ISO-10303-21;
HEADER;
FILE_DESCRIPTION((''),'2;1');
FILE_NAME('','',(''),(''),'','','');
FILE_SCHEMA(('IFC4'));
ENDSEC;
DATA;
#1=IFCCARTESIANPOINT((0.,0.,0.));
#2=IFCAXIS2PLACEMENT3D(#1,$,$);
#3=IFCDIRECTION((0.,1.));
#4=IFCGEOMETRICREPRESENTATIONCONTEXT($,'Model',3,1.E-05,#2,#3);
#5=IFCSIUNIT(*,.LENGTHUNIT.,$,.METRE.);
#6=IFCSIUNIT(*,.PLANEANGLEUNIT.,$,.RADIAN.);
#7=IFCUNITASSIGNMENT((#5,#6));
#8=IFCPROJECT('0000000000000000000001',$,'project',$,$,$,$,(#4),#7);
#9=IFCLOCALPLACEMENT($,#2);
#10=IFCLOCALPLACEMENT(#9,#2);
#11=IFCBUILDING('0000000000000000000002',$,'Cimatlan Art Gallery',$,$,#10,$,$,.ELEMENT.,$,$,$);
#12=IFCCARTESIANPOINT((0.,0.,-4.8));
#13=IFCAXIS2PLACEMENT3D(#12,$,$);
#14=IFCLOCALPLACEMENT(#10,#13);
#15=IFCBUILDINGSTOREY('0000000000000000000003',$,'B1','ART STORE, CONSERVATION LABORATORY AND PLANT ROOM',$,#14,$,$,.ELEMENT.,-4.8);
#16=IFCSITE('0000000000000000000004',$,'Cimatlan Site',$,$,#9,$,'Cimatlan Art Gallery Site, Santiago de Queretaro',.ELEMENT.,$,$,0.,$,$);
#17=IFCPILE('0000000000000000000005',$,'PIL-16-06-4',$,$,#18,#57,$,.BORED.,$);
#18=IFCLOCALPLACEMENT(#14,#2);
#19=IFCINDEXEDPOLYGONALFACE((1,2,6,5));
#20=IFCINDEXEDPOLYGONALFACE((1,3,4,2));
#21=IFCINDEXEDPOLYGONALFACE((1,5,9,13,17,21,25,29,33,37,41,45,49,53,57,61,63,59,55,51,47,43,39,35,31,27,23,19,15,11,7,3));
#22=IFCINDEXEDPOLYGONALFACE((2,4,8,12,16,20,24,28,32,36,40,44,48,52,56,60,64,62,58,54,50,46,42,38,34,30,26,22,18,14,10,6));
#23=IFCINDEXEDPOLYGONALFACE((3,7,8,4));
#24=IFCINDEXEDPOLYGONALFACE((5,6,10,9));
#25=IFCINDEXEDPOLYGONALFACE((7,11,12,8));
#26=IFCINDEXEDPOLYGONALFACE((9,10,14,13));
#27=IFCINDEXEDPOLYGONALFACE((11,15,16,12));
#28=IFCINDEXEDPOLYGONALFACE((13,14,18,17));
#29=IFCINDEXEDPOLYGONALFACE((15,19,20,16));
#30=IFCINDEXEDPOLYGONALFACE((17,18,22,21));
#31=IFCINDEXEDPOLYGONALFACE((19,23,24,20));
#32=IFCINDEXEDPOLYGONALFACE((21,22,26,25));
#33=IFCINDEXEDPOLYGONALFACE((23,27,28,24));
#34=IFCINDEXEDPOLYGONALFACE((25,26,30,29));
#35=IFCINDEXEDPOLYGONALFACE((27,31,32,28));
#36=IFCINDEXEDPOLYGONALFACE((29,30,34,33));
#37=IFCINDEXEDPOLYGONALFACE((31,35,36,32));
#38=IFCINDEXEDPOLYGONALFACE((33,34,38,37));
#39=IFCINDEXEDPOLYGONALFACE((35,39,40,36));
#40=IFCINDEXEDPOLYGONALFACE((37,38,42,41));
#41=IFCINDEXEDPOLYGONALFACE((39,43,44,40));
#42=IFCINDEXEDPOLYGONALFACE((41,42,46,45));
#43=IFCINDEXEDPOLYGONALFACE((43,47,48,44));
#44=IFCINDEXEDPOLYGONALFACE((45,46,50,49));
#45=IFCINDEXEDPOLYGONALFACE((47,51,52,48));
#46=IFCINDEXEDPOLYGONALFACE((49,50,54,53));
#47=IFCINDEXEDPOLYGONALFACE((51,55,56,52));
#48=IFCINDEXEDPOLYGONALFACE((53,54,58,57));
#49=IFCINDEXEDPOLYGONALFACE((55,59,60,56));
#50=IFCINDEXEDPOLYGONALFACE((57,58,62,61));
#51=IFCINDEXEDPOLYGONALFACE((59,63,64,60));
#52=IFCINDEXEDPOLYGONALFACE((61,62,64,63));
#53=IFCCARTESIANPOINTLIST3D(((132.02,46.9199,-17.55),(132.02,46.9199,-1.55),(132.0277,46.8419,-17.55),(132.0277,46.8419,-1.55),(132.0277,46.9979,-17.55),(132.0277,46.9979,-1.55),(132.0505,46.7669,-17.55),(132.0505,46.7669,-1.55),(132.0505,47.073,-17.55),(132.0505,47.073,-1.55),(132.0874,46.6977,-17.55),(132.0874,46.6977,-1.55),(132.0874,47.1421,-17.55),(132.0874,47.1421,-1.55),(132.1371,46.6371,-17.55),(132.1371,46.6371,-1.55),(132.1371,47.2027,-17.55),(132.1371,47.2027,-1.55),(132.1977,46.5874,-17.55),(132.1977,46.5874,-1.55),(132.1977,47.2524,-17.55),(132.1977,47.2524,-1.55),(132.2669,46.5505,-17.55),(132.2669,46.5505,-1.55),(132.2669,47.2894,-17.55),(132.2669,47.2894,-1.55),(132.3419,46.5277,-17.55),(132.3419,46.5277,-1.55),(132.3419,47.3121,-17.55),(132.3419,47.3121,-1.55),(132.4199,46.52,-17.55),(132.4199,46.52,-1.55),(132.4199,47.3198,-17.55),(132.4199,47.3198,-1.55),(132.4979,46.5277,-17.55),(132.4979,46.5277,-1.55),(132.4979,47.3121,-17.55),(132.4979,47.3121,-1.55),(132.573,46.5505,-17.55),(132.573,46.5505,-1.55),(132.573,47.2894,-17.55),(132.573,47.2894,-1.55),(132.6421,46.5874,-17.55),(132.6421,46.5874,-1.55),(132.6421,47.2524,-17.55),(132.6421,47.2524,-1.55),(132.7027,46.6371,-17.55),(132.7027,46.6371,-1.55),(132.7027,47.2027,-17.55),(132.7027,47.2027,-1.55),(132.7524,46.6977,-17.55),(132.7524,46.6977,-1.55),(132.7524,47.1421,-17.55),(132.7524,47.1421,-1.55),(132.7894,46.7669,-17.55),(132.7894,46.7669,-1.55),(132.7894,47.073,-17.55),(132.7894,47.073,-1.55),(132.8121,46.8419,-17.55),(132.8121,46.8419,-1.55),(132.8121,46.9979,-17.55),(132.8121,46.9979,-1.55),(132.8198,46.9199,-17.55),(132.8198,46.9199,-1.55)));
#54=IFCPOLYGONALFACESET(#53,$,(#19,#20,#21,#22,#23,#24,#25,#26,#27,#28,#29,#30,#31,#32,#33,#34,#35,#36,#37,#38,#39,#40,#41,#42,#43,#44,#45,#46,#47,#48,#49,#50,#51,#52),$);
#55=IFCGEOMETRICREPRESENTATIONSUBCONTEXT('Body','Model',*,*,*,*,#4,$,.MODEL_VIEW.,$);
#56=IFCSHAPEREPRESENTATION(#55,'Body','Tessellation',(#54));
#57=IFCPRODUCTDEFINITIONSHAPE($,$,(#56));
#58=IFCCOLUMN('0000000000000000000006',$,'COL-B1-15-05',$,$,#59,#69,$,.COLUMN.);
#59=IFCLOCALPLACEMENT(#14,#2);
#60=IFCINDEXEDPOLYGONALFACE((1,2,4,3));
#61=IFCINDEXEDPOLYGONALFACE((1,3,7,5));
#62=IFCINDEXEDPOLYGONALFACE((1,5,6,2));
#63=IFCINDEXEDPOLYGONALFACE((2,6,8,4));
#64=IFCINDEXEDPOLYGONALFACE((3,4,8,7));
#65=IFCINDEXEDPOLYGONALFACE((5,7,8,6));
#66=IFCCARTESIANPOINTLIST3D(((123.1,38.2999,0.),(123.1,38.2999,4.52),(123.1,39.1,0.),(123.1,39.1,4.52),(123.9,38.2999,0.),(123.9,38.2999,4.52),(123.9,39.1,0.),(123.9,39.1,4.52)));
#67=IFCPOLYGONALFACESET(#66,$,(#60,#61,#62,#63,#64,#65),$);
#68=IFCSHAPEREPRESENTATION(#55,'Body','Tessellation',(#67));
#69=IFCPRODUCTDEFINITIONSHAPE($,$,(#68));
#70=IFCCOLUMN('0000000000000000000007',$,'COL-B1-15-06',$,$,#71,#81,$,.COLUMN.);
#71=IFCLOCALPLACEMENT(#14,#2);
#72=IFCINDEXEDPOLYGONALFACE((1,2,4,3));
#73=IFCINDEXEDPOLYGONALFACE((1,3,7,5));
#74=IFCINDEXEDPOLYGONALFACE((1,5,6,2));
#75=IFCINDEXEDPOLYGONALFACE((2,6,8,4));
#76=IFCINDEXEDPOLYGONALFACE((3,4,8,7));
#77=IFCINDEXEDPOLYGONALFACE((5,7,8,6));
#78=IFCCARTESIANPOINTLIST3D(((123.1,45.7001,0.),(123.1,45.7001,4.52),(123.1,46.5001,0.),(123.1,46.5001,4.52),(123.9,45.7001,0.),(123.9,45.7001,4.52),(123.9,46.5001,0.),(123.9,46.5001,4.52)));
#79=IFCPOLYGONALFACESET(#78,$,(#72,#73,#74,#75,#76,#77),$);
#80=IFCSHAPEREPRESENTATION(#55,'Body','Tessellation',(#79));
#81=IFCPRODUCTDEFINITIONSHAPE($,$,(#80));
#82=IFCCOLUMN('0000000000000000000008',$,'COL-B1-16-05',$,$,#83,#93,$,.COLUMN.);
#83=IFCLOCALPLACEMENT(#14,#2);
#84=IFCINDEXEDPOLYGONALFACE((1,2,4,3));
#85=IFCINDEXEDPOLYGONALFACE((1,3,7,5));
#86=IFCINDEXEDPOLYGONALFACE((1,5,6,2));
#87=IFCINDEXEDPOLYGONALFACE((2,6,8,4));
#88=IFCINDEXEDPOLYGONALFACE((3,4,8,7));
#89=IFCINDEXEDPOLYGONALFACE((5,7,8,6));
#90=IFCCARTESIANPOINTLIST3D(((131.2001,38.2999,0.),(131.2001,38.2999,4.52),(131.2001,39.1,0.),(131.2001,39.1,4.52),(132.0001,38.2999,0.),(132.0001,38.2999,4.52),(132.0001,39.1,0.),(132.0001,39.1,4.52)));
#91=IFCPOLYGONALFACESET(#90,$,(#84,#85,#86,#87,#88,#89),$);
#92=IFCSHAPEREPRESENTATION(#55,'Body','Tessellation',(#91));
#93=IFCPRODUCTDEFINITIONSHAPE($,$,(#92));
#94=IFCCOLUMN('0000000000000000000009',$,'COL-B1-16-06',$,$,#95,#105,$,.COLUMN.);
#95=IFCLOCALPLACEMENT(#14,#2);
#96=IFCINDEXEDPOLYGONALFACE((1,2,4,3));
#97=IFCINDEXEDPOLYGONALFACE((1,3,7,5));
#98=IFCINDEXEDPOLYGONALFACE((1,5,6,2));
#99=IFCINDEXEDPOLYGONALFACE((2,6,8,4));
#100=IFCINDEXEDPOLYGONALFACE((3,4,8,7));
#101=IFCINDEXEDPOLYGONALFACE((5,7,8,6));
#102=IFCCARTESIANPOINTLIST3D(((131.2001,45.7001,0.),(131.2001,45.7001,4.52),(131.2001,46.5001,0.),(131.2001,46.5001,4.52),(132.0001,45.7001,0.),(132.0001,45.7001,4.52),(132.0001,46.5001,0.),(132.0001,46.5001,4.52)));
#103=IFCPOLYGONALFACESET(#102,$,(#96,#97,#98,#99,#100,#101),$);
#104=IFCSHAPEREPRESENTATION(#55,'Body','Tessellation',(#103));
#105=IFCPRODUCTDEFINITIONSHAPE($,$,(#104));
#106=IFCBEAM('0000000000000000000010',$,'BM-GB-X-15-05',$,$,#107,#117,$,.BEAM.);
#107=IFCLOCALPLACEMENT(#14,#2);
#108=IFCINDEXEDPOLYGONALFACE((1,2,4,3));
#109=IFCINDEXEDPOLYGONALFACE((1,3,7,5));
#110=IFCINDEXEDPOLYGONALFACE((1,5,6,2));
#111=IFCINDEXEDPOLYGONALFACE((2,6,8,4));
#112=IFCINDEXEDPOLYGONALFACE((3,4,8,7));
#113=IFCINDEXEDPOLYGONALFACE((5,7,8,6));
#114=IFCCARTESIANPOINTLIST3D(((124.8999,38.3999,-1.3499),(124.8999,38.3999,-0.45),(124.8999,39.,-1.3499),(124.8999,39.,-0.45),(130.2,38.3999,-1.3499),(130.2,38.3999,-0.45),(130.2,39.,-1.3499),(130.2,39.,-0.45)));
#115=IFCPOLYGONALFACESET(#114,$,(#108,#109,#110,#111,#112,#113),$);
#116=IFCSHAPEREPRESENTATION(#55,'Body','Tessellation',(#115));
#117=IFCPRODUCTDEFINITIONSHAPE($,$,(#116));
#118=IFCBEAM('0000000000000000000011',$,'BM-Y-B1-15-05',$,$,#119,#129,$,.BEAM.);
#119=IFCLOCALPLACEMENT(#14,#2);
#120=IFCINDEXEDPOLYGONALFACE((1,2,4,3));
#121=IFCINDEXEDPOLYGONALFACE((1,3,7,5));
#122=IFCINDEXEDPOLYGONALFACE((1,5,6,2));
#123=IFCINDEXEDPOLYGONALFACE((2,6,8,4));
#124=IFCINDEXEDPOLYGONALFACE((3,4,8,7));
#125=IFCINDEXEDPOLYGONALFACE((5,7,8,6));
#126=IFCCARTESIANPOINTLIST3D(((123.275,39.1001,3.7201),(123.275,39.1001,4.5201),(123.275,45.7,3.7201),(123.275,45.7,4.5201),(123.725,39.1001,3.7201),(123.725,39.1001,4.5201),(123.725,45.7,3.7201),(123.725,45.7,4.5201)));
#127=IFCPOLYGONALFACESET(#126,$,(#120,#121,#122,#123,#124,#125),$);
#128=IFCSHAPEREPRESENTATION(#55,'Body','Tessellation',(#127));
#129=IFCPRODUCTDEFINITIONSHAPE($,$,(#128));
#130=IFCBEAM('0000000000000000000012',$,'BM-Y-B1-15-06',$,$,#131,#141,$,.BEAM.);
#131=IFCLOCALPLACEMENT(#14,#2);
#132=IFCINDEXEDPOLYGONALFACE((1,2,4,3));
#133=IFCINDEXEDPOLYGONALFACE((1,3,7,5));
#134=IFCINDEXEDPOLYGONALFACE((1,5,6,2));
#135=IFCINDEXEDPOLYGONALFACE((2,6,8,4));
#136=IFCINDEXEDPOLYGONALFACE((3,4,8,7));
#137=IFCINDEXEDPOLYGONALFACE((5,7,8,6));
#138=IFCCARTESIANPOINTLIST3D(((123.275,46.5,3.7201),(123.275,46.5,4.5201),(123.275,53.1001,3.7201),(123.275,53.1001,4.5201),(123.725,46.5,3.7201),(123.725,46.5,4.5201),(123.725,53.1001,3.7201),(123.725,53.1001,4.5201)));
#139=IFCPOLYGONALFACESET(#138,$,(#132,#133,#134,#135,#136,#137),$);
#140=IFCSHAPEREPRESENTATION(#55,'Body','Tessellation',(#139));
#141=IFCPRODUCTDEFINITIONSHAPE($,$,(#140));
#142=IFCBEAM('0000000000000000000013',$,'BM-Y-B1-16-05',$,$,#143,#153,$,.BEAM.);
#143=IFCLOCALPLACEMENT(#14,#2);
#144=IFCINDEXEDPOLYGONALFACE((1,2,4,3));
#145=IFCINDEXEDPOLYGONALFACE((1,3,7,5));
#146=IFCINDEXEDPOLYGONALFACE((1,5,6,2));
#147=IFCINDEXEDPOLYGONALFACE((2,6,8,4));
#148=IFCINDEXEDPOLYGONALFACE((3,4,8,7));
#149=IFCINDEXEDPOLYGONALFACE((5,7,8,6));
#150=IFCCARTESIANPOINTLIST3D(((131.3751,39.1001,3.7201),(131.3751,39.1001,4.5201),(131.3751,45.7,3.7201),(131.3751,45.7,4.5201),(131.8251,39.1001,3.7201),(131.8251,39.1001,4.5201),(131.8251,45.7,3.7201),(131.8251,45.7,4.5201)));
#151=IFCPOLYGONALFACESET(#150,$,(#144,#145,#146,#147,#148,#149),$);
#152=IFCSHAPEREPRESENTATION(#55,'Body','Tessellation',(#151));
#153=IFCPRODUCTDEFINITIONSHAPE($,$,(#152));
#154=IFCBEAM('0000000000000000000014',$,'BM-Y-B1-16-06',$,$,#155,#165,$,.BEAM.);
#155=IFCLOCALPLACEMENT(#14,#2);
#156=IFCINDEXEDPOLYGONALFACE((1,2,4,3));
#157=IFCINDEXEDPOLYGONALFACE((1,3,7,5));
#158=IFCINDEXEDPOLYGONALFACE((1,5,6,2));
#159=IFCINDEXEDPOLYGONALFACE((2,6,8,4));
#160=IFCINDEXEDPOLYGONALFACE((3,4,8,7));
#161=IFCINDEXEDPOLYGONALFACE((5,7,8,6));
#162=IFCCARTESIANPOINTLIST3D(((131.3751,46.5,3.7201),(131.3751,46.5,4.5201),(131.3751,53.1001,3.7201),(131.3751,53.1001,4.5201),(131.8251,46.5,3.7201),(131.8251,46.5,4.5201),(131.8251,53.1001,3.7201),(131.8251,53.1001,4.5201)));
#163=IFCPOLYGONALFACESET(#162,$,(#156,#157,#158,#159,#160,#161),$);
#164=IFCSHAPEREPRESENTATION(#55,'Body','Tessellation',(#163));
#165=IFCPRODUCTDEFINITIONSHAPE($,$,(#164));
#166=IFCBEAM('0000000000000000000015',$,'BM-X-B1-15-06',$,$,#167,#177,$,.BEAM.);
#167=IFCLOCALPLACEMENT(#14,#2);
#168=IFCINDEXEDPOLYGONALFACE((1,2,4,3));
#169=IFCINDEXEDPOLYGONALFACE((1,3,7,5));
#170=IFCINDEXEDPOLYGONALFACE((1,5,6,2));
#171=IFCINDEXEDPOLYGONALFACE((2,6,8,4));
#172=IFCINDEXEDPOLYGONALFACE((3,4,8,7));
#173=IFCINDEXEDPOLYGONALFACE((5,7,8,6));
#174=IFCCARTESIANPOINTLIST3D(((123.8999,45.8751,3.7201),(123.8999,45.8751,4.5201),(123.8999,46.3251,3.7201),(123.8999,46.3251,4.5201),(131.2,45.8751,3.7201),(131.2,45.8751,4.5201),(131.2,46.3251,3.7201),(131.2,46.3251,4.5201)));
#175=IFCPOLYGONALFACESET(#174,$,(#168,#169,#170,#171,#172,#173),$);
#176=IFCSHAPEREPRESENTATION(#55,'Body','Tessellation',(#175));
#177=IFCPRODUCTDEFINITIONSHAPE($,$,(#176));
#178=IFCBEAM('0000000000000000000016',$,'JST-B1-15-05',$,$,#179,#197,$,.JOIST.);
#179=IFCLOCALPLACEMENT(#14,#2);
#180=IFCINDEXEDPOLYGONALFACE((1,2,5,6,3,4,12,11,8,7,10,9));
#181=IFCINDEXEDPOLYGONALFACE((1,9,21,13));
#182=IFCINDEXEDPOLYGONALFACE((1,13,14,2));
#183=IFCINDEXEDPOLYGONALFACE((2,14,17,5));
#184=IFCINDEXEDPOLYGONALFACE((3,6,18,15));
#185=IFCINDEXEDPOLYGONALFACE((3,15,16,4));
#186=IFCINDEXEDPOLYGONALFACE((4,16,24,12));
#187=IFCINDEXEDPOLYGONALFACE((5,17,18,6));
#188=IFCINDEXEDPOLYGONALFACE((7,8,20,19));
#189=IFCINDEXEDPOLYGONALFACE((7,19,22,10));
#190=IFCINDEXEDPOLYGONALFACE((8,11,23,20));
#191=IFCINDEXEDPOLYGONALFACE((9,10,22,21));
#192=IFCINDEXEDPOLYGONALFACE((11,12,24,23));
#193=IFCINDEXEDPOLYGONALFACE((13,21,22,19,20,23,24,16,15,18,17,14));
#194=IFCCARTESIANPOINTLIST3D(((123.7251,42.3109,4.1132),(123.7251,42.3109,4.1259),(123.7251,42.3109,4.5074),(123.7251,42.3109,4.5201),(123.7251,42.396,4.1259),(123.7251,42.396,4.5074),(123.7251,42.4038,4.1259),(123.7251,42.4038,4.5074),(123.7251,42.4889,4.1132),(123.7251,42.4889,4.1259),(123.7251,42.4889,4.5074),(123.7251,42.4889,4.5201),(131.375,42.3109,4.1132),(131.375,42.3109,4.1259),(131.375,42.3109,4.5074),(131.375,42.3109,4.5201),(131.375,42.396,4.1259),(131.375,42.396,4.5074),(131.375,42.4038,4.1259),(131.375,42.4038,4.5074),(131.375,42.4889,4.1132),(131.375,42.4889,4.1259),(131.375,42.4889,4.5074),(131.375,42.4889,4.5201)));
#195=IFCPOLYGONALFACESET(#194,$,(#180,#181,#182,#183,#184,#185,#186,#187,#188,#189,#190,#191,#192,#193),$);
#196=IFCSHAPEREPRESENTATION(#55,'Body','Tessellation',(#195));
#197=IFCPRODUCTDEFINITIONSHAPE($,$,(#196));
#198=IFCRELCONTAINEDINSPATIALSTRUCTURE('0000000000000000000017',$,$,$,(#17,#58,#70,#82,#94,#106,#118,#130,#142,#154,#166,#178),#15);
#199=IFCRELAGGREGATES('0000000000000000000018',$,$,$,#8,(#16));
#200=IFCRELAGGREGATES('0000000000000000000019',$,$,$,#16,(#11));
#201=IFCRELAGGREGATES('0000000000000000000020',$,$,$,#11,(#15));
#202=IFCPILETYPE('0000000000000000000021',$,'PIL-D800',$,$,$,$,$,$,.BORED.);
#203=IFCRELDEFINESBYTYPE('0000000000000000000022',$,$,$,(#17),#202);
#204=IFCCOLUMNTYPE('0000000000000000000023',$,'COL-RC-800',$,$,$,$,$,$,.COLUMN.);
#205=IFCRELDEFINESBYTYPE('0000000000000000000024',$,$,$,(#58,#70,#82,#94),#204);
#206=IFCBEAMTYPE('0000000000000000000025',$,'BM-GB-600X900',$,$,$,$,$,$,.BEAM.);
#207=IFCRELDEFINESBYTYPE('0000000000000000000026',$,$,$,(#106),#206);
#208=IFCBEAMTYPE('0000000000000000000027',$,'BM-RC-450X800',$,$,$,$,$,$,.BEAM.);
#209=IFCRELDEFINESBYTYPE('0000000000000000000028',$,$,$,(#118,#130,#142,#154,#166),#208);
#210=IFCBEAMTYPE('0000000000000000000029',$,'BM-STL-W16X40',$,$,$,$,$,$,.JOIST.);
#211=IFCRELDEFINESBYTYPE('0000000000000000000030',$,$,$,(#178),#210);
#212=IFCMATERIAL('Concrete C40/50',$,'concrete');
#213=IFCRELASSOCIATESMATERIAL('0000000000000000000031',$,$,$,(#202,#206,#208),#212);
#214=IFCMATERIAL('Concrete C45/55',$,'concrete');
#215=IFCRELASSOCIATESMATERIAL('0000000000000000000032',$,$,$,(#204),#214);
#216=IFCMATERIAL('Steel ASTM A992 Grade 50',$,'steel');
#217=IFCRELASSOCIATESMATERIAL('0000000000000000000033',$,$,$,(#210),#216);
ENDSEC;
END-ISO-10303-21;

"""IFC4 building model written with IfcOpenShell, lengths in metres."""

from ifc_helpers import new_model, si_unit, direction, frame, origin, origin_2d, place, context, subcontext, project, spatial, rectangle, circle, i_section, extrude, material, material_profile, profile_set, type_object, element, save


model = new_model("IFC4")

# Units and contexts
model_context = context("Model", 3, precision=1e-05, world=origin(), true_north=direction((0.0, 1.0)))
body_context = subcontext(model_context, "Body", "Model", "MODEL_VIEW")
ifc_project = project(units=[si_unit("LENGTHUNIT", "METRE"), si_unit("PLANEANGLEUNIT", "RADIAN")], contexts=[model_context])

# Site, building, storey
site_placement = place(None, origin())
site = spatial("IfcSite", under=ifc_project, at=site_placement, Name="Cimatlan Site", LongName="Cimatlan Art Gallery Site, Santiago de Queretaro", CompositionType="ELEMENT", RefElevation=0.0)
building_placement = place(site_placement, origin())
building = spatial("IfcBuilding", under=site, at=building_placement, Name="Cimatlan Art Gallery", CompositionType="ELEMENT")
storey_placement = place(building_placement, frame((0.0, 0.0, -4.8)))
storey = spatial("IfcBuildingStorey", under=building, at=storey_placement, Name="B1", Description="ART STORE, CONSERVATION LABORATORY AND PLANT ROOM", CompositionType="ELEMENT", Elevation=-4.8)

# Shared definitions
ifc_material_1 = material(Name="Concrete C40/50", Category="concrete")

# Pile
pile_type = type_object("IfcPileType", Name="PIL-D800", PredefinedType="BORED", material=ifc_material_1)
for number, where, z_axis, x_axis, name in (
    (1, (132.4199, 46.9199, -1.55), (0.0, 0.0, -1.0), (1.0, 0.0, 0.0), "PIL-16-06-4"),
):
    element("IfcPile", number, at=place(storey_placement, frame(where, z_axis=z_axis, x_axis=x_axis)), inside=storey, type_object=pile_type, Name=name, PredefinedType="BORED", context=body_context, shape_type="SweptSolid", body=[
        extrude(circle(Radius=0.3999, at=origin_2d()), origin(), (0.0, 0.0, 1.0), 16.0),
    ])

# Columns
ifc_material_2 = material(Name="Concrete C45/55", Category="concrete")
ifc_material_profile_1 = material_profile(ifc_material_2, rectangle(XDim=0.8, YDim=0.8, at=origin_2d()), Name="RC800X800")
ifc_profile_set_1 = profile_set([ifc_material_profile_1], Name="Concrete C45/55")
column_type = type_object("IfcColumnType", Name="COL-RC-800", PredefinedType="COLUMN", material=ifc_profile_set_1)
for number, where, z_axis, x_axis, name in (
    (2, (123.5, 38.7, 0.0), (0.0, 0.0, 1.0), (1.0, 0.0, 0.0), "COL-B1-15-05"),
    (3, (123.5, 46.1001, 0.0), (0.0, 0.0, 1.0), (1.0, 0.0, 0.0), "COL-B1-15-06"),
    (4, (131.6001, 38.7, 0.0), (0.0, 0.0, 1.0), (1.0, 0.0, 0.0), "COL-B1-16-05"),
    (5, (131.6001, 46.1001, 0.0), (0.0, 0.0, 1.0), (1.0, 0.0, 0.0), "COL-B1-16-06"),
):
    element("IfcColumn", number, at=place(storey_placement, frame(where, z_axis=z_axis, x_axis=x_axis)), inside=storey, type_object=column_type, Name=name, PredefinedType="COLUMN", context=body_context, shape_type="SweptSolid", body=[
        extrude(rectangle(XDim=0.8, YDim=0.8, at=origin_2d()), origin(), (0.0, 0.0, 1.0), 4.52),
    ])

# Beams
ifc_material_profile_2 = material_profile(ifc_material_1, rectangle(XDim=0.6001, YDim=0.8999, at=origin_2d()), Name="RC600X900")
ifc_profile_set_2 = profile_set([ifc_material_profile_2], Name="Concrete C40/50")
beam_type_1 = type_object("IfcBeamType", Name="BM-GB-600X900", PredefinedType="BEAM", material=ifc_profile_set_2)
beam_1_placement = place(storey_placement, frame((124.8999, 38.7, -0.8999), z_axis=(1.0, 0.0, 0.0), x_axis=(0.0, 1.0, 0.0)))
element("IfcBeam", 6, at=beam_1_placement, inside=storey, type_object=beam_type_1, Name="BM-GB-X-15-05", PredefinedType="BEAM", context=body_context, shape_type="SweptSolid", body=[
    extrude(rectangle(XDim=0.6001, YDim=0.8999, at=origin_2d()), origin(), (0.0, 0.0, 1.0), 5.3),
])
ifc_material_profile_3 = material_profile(ifc_material_1, rectangle(XDim=0.45, YDim=0.8, at=origin_2d()), Name="RC450X800")
ifc_profile_set_3 = profile_set([ifc_material_profile_3], Name="Concrete C40/50")
beam_type_2 = type_object("IfcBeamType", Name="BM-RC-450X800", PredefinedType="BEAM", material=ifc_profile_set_3)
beam_2_placement = place(storey_placement, frame((123.5, 39.1001, 4.1201), z_axis=(0.0, 1.0, 0.0), x_axis=(-1.0, 0.0, 0.0)))
element("IfcBeam", 7, at=beam_2_placement, inside=storey, type_object=beam_type_2, Name="BM-Y-B1-15-05", PredefinedType="BEAM", context=body_context, shape_type="SweptSolid", body=[
    extrude(rectangle(XDim=0.45, YDim=0.8, at=origin_2d()), origin(), (0.0, 0.0, 1.0), 6.5999),
])
beam_3_placement = place(storey_placement, frame((123.5, 46.5, 4.1201), z_axis=(0.0, 1.0, 0.0), x_axis=(-1.0, 0.0, 0.0)))
element("IfcBeam", 8, at=beam_3_placement, inside=storey, type_object=beam_type_2, Name="BM-Y-B1-15-06", PredefinedType="BEAM", context=body_context, shape_type="SweptSolid", body=[
    extrude(rectangle(XDim=0.45, YDim=0.8, at=origin_2d()), origin(), (0.0, 0.0, 1.0), 6.6001),
])
beam_4_placement = place(storey_placement, frame((131.6001, 39.1001, 4.1201), z_axis=(0.0, 1.0, 0.0), x_axis=(-1.0, 0.0, 0.0)))
element("IfcBeam", 9, at=beam_4_placement, inside=storey, type_object=beam_type_2, Name="BM-Y-B1-16-05", PredefinedType="BEAM", context=body_context, shape_type="SweptSolid", body=[
    extrude(rectangle(XDim=0.45, YDim=0.8, at=origin_2d()), origin(), (0.0, 0.0, 1.0), 6.5999),
])
beam_5_placement = place(storey_placement, frame((131.6001, 46.5, 4.1201), z_axis=(0.0, 1.0, 0.0), x_axis=(-1.0, 0.0, 0.0)))
element("IfcBeam", 10, at=beam_5_placement, inside=storey, type_object=beam_type_2, Name="BM-Y-B1-16-06", PredefinedType="BEAM", context=body_context, shape_type="SweptSolid", body=[
    extrude(rectangle(XDim=0.45, YDim=0.8, at=origin_2d()), origin(), (0.0, 0.0, 1.0), 6.6001),
])
beam_6_placement = place(storey_placement, frame((123.8999, 46.1001, 4.1201), z_axis=(1.0, 0.0, 0.0), x_axis=(0.0, 1.0, 0.0)))
element("IfcBeam", 11, at=beam_6_placement, inside=storey, type_object=beam_type_2, Name="BM-X-B1-15-06", PredefinedType="BEAM", context=body_context, shape_type="SweptSolid", body=[
    extrude(rectangle(XDim=0.45, YDim=0.8, at=origin_2d()), origin(), (0.0, 0.0, 1.0), 7.3),
])
ifc_material_3 = material(Name="Steel ASTM A992 Grade 50", Category="steel")
ifc_material_profile_4 = material_profile(ifc_material_3, i_section(OverallWidth=0.178, OverallDepth=0.407, WebThickness=0.0078, FlangeThickness=0.0127, at=origin_2d()), Name="W16X40")
ifc_profile_set_4 = profile_set([ifc_material_profile_4], Name="Steel ASTM A992 Grade 50")
beam_type_3 = type_object("IfcBeamType", Name="BM-STL-W16X40", PredefinedType="JOIST", material=ifc_profile_set_4)
beam_7_placement = place(storey_placement, frame((123.7251, 42.3999, 4.3167), z_axis=(1.0, 0.0, 0.0), x_axis=(0.0, 1.0, 0.0)))
element("IfcBeam", 12, at=beam_7_placement, inside=storey, type_object=beam_type_3, Name="JST-B1-15-05", PredefinedType="JOIST", context=body_context, shape_type="SweptSolid", body=[
    extrude(i_section(OverallWidth=0.178, OverallDepth=0.407, WebThickness=0.0078, FlangeThickness=0.0127, at=origin_2d()), origin(), (0.0, 0.0, 1.0), 7.6499),
])

save(model, "model.ifc")
